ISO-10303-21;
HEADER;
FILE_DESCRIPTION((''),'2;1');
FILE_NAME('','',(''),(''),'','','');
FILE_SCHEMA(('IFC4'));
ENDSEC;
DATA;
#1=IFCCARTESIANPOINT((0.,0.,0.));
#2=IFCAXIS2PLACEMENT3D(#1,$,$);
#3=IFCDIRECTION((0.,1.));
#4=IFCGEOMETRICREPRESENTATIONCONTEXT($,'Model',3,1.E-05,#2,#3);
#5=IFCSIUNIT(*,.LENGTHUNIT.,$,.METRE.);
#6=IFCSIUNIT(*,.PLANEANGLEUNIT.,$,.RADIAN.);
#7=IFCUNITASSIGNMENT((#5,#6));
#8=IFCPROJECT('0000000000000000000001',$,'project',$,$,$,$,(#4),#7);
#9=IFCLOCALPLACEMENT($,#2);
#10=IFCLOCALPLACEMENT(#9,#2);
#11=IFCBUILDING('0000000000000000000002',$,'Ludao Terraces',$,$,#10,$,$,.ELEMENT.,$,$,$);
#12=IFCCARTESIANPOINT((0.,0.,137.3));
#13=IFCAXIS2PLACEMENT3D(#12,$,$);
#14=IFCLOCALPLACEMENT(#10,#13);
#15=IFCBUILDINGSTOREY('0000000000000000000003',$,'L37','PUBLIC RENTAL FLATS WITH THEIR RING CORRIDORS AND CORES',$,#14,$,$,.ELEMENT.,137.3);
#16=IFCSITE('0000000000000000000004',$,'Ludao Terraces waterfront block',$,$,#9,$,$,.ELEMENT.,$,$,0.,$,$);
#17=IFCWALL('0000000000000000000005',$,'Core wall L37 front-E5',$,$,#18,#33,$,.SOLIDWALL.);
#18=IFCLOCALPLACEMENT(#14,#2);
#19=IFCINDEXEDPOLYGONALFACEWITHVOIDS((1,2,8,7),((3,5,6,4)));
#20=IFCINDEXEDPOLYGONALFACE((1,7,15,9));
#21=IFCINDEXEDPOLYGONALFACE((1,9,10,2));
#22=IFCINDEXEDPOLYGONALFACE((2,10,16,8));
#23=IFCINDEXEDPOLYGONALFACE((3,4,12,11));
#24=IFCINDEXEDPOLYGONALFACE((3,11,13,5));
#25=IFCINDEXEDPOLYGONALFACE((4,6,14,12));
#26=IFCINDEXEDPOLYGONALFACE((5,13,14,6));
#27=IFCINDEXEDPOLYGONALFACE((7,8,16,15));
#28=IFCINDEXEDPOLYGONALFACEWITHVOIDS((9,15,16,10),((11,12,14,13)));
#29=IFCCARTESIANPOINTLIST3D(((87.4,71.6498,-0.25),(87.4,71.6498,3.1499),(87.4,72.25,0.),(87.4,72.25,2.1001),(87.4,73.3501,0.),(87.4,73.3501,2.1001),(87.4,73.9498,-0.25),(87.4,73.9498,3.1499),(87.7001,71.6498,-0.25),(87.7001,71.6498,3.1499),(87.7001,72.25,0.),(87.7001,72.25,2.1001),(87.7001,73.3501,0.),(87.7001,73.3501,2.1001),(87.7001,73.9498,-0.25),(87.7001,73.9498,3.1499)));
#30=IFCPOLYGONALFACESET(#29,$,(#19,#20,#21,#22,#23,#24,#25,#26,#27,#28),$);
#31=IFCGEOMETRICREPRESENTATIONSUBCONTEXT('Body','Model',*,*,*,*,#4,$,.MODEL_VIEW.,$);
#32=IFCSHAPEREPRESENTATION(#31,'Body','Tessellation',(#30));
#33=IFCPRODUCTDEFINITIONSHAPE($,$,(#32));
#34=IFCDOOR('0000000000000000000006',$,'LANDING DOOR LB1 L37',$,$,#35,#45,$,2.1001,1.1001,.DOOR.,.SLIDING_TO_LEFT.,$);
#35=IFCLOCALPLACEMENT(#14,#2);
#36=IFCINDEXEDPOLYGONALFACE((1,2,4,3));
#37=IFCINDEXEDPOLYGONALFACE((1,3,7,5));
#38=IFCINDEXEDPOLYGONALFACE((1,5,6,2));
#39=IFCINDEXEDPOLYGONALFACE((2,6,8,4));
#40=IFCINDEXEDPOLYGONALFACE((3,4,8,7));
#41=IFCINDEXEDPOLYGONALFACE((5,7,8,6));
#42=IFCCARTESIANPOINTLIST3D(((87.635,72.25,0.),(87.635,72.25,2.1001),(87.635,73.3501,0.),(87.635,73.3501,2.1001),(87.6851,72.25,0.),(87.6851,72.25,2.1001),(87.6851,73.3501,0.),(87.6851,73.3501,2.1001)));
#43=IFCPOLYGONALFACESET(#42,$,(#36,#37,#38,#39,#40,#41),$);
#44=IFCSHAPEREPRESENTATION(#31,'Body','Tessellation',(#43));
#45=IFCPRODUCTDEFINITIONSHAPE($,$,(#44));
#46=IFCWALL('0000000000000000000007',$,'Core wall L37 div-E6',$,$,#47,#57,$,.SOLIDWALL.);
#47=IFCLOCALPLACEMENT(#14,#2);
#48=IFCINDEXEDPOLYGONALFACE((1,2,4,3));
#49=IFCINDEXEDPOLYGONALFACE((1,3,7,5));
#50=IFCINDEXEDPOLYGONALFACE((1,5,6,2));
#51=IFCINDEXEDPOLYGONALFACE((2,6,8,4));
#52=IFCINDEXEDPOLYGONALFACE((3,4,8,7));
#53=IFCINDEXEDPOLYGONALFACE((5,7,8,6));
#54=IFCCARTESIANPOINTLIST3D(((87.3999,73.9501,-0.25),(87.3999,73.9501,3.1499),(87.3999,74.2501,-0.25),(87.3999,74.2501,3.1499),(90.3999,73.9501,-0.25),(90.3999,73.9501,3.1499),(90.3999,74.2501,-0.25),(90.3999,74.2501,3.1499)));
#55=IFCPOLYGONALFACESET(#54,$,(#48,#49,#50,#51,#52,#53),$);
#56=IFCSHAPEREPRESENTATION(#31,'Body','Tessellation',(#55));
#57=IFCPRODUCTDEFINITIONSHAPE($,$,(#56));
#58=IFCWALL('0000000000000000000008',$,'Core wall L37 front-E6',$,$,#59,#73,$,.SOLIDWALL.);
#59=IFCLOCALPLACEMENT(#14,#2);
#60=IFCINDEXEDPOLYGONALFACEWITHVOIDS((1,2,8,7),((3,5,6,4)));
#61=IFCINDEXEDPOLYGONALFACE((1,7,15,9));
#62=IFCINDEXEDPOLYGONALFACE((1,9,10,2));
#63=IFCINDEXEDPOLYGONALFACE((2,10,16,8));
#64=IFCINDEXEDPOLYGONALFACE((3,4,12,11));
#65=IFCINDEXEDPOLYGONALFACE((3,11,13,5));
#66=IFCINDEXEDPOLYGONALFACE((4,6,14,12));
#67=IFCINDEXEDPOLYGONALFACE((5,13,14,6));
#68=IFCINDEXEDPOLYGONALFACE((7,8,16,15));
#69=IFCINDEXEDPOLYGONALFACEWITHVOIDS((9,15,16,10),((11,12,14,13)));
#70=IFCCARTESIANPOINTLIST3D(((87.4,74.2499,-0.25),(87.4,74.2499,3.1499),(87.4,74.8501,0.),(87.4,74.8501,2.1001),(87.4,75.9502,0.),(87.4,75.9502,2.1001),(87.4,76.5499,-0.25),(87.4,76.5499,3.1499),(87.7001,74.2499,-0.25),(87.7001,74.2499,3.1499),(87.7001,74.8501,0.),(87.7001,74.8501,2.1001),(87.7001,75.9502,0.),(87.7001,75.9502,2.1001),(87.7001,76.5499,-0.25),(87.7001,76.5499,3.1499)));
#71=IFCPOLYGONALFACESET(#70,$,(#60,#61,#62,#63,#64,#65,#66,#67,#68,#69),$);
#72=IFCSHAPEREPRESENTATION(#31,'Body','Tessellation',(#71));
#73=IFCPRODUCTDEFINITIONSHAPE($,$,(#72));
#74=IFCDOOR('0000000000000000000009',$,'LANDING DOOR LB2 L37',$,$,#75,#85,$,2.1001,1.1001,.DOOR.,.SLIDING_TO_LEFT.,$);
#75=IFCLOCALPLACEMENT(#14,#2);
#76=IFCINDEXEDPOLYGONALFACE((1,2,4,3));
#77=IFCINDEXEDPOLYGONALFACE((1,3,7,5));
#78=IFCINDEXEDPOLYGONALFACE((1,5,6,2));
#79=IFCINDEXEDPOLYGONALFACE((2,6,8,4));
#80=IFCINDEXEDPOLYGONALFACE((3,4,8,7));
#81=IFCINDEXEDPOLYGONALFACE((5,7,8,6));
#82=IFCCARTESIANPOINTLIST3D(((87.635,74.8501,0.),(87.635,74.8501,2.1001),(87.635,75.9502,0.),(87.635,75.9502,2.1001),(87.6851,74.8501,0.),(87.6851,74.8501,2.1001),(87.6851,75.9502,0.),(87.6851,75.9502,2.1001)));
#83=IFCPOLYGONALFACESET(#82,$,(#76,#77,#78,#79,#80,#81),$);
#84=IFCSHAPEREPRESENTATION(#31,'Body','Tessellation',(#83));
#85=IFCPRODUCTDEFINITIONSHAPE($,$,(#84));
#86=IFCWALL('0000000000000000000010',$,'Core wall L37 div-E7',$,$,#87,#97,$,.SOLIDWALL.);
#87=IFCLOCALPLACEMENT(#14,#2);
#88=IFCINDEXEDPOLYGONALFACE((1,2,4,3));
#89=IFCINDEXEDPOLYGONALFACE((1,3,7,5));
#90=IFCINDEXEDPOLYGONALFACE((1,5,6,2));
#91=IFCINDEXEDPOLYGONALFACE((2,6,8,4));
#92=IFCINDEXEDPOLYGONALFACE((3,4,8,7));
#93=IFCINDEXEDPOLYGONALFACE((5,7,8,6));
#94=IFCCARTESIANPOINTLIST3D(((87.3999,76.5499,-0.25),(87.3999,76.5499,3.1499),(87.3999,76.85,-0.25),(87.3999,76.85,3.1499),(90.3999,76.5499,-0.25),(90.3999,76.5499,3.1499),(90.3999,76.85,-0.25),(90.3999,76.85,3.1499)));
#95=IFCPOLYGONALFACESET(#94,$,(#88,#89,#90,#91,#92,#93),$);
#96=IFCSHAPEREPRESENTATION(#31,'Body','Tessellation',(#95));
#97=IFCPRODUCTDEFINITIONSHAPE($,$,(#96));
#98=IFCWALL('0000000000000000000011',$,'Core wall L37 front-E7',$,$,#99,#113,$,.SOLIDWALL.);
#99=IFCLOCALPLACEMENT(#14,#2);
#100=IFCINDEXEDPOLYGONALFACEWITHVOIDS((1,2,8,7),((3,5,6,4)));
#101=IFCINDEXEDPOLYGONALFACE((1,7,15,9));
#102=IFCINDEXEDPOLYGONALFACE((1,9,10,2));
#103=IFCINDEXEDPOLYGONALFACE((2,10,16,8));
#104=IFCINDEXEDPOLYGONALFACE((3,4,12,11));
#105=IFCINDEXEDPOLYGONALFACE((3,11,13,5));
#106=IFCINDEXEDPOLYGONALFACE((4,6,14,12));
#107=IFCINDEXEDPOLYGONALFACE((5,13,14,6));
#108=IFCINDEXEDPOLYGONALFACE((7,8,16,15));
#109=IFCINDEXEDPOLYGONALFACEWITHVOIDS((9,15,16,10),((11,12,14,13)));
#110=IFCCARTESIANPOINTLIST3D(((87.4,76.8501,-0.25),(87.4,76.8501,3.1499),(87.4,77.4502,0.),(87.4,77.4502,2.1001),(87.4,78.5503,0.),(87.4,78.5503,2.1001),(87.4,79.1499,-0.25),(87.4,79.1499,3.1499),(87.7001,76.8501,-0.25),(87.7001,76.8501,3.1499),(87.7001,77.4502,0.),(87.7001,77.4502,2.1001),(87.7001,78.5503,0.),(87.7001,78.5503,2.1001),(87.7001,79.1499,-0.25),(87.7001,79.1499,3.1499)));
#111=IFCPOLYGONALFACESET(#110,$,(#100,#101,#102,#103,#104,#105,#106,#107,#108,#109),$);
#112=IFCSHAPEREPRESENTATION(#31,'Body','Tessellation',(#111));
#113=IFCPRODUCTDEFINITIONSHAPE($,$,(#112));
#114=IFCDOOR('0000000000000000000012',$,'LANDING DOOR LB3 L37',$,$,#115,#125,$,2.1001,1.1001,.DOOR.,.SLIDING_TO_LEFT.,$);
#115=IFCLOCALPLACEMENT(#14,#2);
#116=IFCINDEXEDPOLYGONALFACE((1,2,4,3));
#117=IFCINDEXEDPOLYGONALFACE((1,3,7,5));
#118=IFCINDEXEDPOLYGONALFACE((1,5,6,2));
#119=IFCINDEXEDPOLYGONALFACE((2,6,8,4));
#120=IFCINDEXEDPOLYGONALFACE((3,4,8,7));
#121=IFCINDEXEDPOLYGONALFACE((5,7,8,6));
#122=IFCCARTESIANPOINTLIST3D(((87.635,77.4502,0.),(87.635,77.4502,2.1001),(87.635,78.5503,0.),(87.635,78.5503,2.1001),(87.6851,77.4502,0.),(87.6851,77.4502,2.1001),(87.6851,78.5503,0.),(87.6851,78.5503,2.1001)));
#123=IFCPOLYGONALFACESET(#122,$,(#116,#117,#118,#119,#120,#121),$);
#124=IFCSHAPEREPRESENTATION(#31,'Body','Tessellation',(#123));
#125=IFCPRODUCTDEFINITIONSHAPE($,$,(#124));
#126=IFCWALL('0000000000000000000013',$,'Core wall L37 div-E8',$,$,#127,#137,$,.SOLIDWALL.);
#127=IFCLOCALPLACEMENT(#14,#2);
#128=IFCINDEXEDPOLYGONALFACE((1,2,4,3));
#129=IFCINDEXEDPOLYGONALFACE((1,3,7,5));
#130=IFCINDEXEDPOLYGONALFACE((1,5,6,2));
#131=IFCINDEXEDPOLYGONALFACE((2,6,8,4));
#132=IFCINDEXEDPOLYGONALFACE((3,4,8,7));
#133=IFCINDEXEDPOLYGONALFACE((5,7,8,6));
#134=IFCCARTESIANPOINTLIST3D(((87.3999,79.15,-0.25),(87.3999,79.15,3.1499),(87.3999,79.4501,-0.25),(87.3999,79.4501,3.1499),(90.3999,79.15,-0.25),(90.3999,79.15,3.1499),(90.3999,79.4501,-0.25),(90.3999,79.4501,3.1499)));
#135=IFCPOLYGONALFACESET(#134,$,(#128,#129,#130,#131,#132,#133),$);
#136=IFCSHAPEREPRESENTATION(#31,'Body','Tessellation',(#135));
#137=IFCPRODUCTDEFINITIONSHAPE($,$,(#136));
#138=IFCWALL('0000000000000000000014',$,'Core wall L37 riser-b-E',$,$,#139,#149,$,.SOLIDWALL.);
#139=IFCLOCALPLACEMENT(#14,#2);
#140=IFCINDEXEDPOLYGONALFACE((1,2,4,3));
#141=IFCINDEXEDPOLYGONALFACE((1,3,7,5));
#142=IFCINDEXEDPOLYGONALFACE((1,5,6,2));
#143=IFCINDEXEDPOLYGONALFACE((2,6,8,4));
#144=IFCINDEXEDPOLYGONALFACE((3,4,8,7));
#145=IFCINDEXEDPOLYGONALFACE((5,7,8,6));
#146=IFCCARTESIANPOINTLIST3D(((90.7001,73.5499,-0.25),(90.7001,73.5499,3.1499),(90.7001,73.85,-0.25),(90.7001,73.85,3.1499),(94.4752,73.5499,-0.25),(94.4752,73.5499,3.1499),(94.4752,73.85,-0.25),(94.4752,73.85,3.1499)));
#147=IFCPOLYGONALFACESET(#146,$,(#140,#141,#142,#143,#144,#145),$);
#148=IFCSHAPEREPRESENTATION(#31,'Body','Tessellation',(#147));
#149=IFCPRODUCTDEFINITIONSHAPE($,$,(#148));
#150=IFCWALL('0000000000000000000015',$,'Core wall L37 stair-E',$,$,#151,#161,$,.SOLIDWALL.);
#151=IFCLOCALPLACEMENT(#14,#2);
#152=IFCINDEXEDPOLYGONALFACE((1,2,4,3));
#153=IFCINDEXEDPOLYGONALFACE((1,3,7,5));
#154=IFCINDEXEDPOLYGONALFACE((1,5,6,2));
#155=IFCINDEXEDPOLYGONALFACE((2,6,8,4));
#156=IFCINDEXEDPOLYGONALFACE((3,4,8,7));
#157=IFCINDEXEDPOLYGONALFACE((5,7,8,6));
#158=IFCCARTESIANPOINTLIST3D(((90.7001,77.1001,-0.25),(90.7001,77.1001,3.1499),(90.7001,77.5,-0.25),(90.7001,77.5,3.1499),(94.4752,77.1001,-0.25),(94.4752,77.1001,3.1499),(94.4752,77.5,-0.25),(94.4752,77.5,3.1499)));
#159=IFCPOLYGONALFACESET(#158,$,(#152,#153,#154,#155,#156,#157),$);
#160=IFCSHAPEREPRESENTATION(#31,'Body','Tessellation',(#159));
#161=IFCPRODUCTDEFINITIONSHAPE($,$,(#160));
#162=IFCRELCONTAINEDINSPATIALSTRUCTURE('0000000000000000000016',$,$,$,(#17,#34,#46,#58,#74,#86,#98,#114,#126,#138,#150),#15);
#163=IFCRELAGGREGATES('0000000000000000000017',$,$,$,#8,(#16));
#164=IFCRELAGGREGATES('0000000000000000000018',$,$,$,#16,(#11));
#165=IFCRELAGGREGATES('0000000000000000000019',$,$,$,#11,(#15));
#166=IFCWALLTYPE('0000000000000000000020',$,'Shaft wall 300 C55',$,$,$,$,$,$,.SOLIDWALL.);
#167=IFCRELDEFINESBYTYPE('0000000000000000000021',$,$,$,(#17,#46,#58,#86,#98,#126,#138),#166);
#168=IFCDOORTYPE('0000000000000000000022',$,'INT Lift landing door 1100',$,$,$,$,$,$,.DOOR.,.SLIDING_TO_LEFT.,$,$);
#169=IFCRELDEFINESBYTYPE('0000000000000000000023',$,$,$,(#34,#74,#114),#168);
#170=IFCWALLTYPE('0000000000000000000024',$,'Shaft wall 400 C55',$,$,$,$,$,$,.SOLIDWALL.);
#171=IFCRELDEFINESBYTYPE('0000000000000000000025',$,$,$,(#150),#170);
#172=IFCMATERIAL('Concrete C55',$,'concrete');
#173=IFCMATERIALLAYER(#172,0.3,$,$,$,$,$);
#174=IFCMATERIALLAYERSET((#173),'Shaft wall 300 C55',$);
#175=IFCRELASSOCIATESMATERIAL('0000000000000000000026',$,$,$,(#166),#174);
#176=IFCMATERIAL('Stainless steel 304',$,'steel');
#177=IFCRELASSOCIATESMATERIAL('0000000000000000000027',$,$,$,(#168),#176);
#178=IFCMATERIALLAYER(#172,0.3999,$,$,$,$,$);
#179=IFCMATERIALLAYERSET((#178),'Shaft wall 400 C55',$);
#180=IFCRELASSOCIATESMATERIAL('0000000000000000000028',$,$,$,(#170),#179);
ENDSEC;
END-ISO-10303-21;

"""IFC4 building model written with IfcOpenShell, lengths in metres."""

from ifc_helpers import new_model, si_unit, direction, frame, frame_2d, origin, place, context, subcontext, project, spatial, rectangle, extrude, material, layer, layer_set, type_object, element, fill, save


model = new_model("IFC4")

# Units and contexts
model_context = context("Model", 3, precision=1e-05, world=origin(), true_north=direction((0.0, 1.0)))
body_context = subcontext(model_context, "Body", "Model", "MODEL_VIEW")
ifc_project = project(units=[si_unit("LENGTHUNIT", "METRE"), si_unit("PLANEANGLEUNIT", "RADIAN")], contexts=[model_context])

# Site, building, storey
site_placement = place(None, origin())
site = spatial("IfcSite", under=ifc_project, at=site_placement, Name="Ludao Terraces waterfront block", CompositionType="ELEMENT", RefElevation=0.0)
building_placement = place(site_placement, origin())
building = spatial("IfcBuilding", under=site, at=building_placement, Name="Ludao Terraces", CompositionType="ELEMENT")
storey_placement = place(building_placement, frame((0.0, 0.0, 137.3)))
storey = spatial("IfcBuildingStorey", under=building, at=storey_placement, Name="L37", Description="PUBLIC RENTAL FLATS WITH THEIR RING CORRIDORS AND CORES", CompositionType="ELEMENT", Elevation=137.3)

# Shared definitions
ifc_material_1 = material(Name="Concrete C55", Category="concrete")
ifc_layer_1 = layer(ifc_material_1, 0.3)
ifc_layer_set_1 = layer_set([ifc_layer_1], Name="Shaft wall 300 C55")
wall_type_1 = type_object("IfcWallType", Name="Shaft wall 300 C55", PredefinedType="SOLIDWALL", material=ifc_layer_set_1)

# Shared definitions
ifc_material_2 = material(Name="Stainless steel 304", Category="steel")
door_type_1 = type_object("IfcDoorType", Name="INT Lift landing door 1100", OperationType="SLIDING_TO_LEFT", PredefinedType="DOOR", material=ifc_material_2)

# Wall, opening, door
wall_1_placement = place(storey_placement, frame((87.55, 71.6499, -0.25), z_axis=(0.0, 0.0, 1.0), x_axis=(0.0, 1.0, 0.0)))
wall_1 = element("IfcWall", 1, at=wall_1_placement, inside=storey, type_object=wall_type_1, Name="Core wall L37 front-E5", PredefinedType="SOLIDWALL", context=body_context, shape_type="SweptSolid", body=[
    extrude(rectangle(XDim=2.3, YDim=0.3, at=frame_2d((1.1499, 0.0))), origin(), (0.0, 0.0, 1.0), 3.3999),
])
opening_1_placement = place(wall_1_placement, frame((0.6001, 0.0, 0.25)))
opening_1 = element("IfcOpeningElement", 2, at=opening_1_placement, cuts=wall_1, PredefinedType="OPENING", context=body_context, shape_type="SweptSolid", body=[
    extrude(rectangle(XDim=1.1001, YDim=2.1001, at=frame_2d((0.55, 1.05))), frame((0.0, 0.1602, 0.0), z_axis=(0.0, -1.0, 0.0), x_axis=(1.0, 0.0, 0.0)), (0.0, 0.0, 1.0), 0.3201),
])
door_1_placement = place(opening_1_placement, origin())
door_1 = element("IfcDoor", 3, at=door_1_placement, inside=storey, type_object=door_type_1, Name="LANDING DOOR LB1 L37", OperationType="SLIDING_TO_LEFT", OverallHeight=2.1001, OverallWidth=1.1001, PredefinedType="DOOR", context=body_context, shape_type="SweptSolid", body=[
    extrude(rectangle(XDim=1.1001, YDim=2.1001, at=frame_2d((0.55, 1.05))), frame((0.0, -0.085, 0.0), z_axis=(0.0, -1.0, 0.0), x_axis=(1.0, 0.0, 0.0)), (0.0, 0.0, 1.0), 0.05),
])
fill(opening_1, door_1)

# Wall
wall_2_placement = place(storey_placement, frame((87.3999, 74.1001, -0.25), z_axis=(0.0, 0.0, 1.0), x_axis=(1.0, 0.0, 0.0)))
element("IfcWall", 4, at=wall_2_placement, inside=storey, type_object=wall_type_1, Name="Core wall L37 div-E6", PredefinedType="SOLIDWALL", context=body_context, shape_type="SweptSolid", body=[
    extrude(rectangle(XDim=3.0, YDim=0.3, at=frame_2d((1.5, 0.0))), origin(), (0.0, 0.0, 1.0), 3.3999),
])

# Wall, opening, door
wall_3_placement = place(storey_placement, frame((87.55, 74.25, -0.25), z_axis=(0.0, 0.0, 1.0), x_axis=(0.0, 1.0, 0.0)))
wall_3 = element("IfcWall", 5, at=wall_3_placement, inside=storey, type_object=wall_type_1, Name="Core wall L37 front-E6", PredefinedType="SOLIDWALL", context=body_context, shape_type="SweptSolid", body=[
    extrude(rectangle(XDim=2.3, YDim=0.3, at=frame_2d((1.1499, 0.0))), origin(), (0.0, 0.0, 1.0), 3.3999),
])
opening_2_placement = place(wall_3_placement, frame((0.6001, 0.0, 0.25)))
opening_2 = element("IfcOpeningElement", 6, at=opening_2_placement, cuts=wall_3, PredefinedType="OPENING", context=body_context, shape_type="SweptSolid", body=[
    extrude(rectangle(XDim=1.1001, YDim=2.1001, at=frame_2d((0.55, 1.05))), frame((0.0, 0.1602, 0.0), z_axis=(0.0, -1.0, 0.0), x_axis=(1.0, 0.0, 0.0)), (0.0, 0.0, 1.0), 0.3201),
])
door_2_placement = place(opening_2_placement, origin())
door_2 = element("IfcDoor", 7, at=door_2_placement, inside=storey, type_object=door_type_1, Name="LANDING DOOR LB2 L37", OperationType="SLIDING_TO_LEFT", OverallHeight=2.1001, OverallWidth=1.1001, PredefinedType="DOOR", context=body_context, shape_type="SweptSolid", body=[
    extrude(rectangle(XDim=1.1001, YDim=2.1001, at=frame_2d((0.55, 1.05))), frame((0.0, -0.085, 0.0), z_axis=(0.0, -1.0, 0.0), x_axis=(1.0, 0.0, 0.0)), (0.0, 0.0, 1.0), 0.05),
])
fill(opening_2, door_2)

# Wall
wall_4_placement = place(storey_placement, frame((87.3999, 76.7, -0.25), z_axis=(0.0, 0.0, 1.0), x_axis=(1.0, 0.0, 0.0)))
element("IfcWall", 8, at=wall_4_placement, inside=storey, type_object=wall_type_1, Name="Core wall L37 div-E7", PredefinedType="SOLIDWALL", context=body_context, shape_type="SweptSolid", body=[
    extrude(rectangle(XDim=3.0, YDim=0.3, at=frame_2d((1.5, 0.0))), origin(), (0.0, 0.0, 1.0), 3.3999),
])

# Wall, opening, door
wall_5_placement = place(storey_placement, frame((87.55, 76.8501, -0.25), z_axis=(0.0, 0.0, 1.0), x_axis=(0.0, 1.0, 0.0)))
wall_5 = element("IfcWall", 9, at=wall_5_placement, inside=storey, type_object=wall_type_1, Name="Core wall L37 front-E7", PredefinedType="SOLIDWALL", context=body_context, shape_type="SweptSolid", body=[
    extrude(rectangle(XDim=2.2998, YDim=0.3, at=frame_2d((1.1499, 0.0))), origin(), (0.0, 0.0, 1.0), 3.3999),
])
opening_3_placement = place(wall_5_placement, frame((0.6001, 0.0, 0.25)))
opening_3 = element("IfcOpeningElement", 10, at=opening_3_placement, cuts=wall_5, PredefinedType="OPENING", context=body_context, shape_type="SweptSolid", body=[
    extrude(rectangle(XDim=1.1001, YDim=2.1001, at=frame_2d((0.55, 1.05))), frame((0.0, 0.1602, 0.0), z_axis=(0.0, -1.0, 0.0), x_axis=(1.0, 0.0, 0.0)), (0.0, 0.0, 1.0), 0.3201),
])
door_3_placement = place(opening_3_placement, origin())
door_3 = element("IfcDoor", 11, at=door_3_placement, inside=storey, type_object=door_type_1, Name="LANDING DOOR LB3 L37", OperationType="SLIDING_TO_LEFT", OverallHeight=2.1001, OverallWidth=1.1001, PredefinedType="DOOR", context=body_context, shape_type="SweptSolid", body=[
    extrude(rectangle(XDim=1.1001, YDim=2.1001, at=frame_2d((0.55, 1.05))), frame((0.0, -0.085, 0.0), z_axis=(0.0, -1.0, 0.0), x_axis=(1.0, 0.0, 0.0)), (0.0, 0.0, 1.0), 0.05),
])
fill(opening_3, door_3)

# Walls
wall_6_placement = place(storey_placement, frame((87.3999, 79.3, -0.25), z_axis=(0.0, 0.0, 1.0), x_axis=(1.0, 0.0, 0.0)))
element("IfcWall", 12, at=wall_6_placement, inside=storey, type_object=wall_type_1, Name="Core wall L37 div-E8", PredefinedType="SOLIDWALL", context=body_context, shape_type="SweptSolid", body=[
    extrude(rectangle(XDim=3.0, YDim=0.3, at=frame_2d((1.5, 0.0))), origin(), (0.0, 0.0, 1.0), 3.3999),
])
wall_7_placement = place(storey_placement, frame((90.7, 73.7, -0.25), z_axis=(0.0, 0.0, 1.0), x_axis=(1.0, 0.0, 0.0)))
element("IfcWall", 13, at=wall_7_placement, inside=storey, type_object=wall_type_1, Name="Core wall L37 riser-b-E", PredefinedType="SOLIDWALL", context=body_context, shape_type="SweptSolid", body=[
    extrude(rectangle(XDim=3.7751, YDim=0.3, at=frame_2d((1.8877, 0.0))), origin(), (0.0, 0.0, 1.0), 3.3999),
])
ifc_layer_2 = layer(ifc_material_1, 0.3999)
ifc_layer_set_2 = layer_set([ifc_layer_2], Name="Shaft wall 400 C55")
wall_type_2 = type_object("IfcWallType", Name="Shaft wall 400 C55", PredefinedType="SOLIDWALL", material=ifc_layer_set_2)
wall_8_placement = place(storey_placement, frame((90.7, 77.3, -0.25), z_axis=(0.0, 0.0, 1.0), x_axis=(1.0, 0.0, 0.0)))
element("IfcWall", 14, at=wall_8_placement, inside=storey, type_object=wall_type_2, Name="Core wall L37 stair-E", PredefinedType="SOLIDWALL", context=body_context, shape_type="SweptSolid", body=[
    extrude(rectangle(XDim=3.7751, YDim=0.3999, at=frame_2d((1.8877, 0.0))), origin(), (0.0, 0.0, 1.0), 3.3999),
])

save(model, "model.ifc")
